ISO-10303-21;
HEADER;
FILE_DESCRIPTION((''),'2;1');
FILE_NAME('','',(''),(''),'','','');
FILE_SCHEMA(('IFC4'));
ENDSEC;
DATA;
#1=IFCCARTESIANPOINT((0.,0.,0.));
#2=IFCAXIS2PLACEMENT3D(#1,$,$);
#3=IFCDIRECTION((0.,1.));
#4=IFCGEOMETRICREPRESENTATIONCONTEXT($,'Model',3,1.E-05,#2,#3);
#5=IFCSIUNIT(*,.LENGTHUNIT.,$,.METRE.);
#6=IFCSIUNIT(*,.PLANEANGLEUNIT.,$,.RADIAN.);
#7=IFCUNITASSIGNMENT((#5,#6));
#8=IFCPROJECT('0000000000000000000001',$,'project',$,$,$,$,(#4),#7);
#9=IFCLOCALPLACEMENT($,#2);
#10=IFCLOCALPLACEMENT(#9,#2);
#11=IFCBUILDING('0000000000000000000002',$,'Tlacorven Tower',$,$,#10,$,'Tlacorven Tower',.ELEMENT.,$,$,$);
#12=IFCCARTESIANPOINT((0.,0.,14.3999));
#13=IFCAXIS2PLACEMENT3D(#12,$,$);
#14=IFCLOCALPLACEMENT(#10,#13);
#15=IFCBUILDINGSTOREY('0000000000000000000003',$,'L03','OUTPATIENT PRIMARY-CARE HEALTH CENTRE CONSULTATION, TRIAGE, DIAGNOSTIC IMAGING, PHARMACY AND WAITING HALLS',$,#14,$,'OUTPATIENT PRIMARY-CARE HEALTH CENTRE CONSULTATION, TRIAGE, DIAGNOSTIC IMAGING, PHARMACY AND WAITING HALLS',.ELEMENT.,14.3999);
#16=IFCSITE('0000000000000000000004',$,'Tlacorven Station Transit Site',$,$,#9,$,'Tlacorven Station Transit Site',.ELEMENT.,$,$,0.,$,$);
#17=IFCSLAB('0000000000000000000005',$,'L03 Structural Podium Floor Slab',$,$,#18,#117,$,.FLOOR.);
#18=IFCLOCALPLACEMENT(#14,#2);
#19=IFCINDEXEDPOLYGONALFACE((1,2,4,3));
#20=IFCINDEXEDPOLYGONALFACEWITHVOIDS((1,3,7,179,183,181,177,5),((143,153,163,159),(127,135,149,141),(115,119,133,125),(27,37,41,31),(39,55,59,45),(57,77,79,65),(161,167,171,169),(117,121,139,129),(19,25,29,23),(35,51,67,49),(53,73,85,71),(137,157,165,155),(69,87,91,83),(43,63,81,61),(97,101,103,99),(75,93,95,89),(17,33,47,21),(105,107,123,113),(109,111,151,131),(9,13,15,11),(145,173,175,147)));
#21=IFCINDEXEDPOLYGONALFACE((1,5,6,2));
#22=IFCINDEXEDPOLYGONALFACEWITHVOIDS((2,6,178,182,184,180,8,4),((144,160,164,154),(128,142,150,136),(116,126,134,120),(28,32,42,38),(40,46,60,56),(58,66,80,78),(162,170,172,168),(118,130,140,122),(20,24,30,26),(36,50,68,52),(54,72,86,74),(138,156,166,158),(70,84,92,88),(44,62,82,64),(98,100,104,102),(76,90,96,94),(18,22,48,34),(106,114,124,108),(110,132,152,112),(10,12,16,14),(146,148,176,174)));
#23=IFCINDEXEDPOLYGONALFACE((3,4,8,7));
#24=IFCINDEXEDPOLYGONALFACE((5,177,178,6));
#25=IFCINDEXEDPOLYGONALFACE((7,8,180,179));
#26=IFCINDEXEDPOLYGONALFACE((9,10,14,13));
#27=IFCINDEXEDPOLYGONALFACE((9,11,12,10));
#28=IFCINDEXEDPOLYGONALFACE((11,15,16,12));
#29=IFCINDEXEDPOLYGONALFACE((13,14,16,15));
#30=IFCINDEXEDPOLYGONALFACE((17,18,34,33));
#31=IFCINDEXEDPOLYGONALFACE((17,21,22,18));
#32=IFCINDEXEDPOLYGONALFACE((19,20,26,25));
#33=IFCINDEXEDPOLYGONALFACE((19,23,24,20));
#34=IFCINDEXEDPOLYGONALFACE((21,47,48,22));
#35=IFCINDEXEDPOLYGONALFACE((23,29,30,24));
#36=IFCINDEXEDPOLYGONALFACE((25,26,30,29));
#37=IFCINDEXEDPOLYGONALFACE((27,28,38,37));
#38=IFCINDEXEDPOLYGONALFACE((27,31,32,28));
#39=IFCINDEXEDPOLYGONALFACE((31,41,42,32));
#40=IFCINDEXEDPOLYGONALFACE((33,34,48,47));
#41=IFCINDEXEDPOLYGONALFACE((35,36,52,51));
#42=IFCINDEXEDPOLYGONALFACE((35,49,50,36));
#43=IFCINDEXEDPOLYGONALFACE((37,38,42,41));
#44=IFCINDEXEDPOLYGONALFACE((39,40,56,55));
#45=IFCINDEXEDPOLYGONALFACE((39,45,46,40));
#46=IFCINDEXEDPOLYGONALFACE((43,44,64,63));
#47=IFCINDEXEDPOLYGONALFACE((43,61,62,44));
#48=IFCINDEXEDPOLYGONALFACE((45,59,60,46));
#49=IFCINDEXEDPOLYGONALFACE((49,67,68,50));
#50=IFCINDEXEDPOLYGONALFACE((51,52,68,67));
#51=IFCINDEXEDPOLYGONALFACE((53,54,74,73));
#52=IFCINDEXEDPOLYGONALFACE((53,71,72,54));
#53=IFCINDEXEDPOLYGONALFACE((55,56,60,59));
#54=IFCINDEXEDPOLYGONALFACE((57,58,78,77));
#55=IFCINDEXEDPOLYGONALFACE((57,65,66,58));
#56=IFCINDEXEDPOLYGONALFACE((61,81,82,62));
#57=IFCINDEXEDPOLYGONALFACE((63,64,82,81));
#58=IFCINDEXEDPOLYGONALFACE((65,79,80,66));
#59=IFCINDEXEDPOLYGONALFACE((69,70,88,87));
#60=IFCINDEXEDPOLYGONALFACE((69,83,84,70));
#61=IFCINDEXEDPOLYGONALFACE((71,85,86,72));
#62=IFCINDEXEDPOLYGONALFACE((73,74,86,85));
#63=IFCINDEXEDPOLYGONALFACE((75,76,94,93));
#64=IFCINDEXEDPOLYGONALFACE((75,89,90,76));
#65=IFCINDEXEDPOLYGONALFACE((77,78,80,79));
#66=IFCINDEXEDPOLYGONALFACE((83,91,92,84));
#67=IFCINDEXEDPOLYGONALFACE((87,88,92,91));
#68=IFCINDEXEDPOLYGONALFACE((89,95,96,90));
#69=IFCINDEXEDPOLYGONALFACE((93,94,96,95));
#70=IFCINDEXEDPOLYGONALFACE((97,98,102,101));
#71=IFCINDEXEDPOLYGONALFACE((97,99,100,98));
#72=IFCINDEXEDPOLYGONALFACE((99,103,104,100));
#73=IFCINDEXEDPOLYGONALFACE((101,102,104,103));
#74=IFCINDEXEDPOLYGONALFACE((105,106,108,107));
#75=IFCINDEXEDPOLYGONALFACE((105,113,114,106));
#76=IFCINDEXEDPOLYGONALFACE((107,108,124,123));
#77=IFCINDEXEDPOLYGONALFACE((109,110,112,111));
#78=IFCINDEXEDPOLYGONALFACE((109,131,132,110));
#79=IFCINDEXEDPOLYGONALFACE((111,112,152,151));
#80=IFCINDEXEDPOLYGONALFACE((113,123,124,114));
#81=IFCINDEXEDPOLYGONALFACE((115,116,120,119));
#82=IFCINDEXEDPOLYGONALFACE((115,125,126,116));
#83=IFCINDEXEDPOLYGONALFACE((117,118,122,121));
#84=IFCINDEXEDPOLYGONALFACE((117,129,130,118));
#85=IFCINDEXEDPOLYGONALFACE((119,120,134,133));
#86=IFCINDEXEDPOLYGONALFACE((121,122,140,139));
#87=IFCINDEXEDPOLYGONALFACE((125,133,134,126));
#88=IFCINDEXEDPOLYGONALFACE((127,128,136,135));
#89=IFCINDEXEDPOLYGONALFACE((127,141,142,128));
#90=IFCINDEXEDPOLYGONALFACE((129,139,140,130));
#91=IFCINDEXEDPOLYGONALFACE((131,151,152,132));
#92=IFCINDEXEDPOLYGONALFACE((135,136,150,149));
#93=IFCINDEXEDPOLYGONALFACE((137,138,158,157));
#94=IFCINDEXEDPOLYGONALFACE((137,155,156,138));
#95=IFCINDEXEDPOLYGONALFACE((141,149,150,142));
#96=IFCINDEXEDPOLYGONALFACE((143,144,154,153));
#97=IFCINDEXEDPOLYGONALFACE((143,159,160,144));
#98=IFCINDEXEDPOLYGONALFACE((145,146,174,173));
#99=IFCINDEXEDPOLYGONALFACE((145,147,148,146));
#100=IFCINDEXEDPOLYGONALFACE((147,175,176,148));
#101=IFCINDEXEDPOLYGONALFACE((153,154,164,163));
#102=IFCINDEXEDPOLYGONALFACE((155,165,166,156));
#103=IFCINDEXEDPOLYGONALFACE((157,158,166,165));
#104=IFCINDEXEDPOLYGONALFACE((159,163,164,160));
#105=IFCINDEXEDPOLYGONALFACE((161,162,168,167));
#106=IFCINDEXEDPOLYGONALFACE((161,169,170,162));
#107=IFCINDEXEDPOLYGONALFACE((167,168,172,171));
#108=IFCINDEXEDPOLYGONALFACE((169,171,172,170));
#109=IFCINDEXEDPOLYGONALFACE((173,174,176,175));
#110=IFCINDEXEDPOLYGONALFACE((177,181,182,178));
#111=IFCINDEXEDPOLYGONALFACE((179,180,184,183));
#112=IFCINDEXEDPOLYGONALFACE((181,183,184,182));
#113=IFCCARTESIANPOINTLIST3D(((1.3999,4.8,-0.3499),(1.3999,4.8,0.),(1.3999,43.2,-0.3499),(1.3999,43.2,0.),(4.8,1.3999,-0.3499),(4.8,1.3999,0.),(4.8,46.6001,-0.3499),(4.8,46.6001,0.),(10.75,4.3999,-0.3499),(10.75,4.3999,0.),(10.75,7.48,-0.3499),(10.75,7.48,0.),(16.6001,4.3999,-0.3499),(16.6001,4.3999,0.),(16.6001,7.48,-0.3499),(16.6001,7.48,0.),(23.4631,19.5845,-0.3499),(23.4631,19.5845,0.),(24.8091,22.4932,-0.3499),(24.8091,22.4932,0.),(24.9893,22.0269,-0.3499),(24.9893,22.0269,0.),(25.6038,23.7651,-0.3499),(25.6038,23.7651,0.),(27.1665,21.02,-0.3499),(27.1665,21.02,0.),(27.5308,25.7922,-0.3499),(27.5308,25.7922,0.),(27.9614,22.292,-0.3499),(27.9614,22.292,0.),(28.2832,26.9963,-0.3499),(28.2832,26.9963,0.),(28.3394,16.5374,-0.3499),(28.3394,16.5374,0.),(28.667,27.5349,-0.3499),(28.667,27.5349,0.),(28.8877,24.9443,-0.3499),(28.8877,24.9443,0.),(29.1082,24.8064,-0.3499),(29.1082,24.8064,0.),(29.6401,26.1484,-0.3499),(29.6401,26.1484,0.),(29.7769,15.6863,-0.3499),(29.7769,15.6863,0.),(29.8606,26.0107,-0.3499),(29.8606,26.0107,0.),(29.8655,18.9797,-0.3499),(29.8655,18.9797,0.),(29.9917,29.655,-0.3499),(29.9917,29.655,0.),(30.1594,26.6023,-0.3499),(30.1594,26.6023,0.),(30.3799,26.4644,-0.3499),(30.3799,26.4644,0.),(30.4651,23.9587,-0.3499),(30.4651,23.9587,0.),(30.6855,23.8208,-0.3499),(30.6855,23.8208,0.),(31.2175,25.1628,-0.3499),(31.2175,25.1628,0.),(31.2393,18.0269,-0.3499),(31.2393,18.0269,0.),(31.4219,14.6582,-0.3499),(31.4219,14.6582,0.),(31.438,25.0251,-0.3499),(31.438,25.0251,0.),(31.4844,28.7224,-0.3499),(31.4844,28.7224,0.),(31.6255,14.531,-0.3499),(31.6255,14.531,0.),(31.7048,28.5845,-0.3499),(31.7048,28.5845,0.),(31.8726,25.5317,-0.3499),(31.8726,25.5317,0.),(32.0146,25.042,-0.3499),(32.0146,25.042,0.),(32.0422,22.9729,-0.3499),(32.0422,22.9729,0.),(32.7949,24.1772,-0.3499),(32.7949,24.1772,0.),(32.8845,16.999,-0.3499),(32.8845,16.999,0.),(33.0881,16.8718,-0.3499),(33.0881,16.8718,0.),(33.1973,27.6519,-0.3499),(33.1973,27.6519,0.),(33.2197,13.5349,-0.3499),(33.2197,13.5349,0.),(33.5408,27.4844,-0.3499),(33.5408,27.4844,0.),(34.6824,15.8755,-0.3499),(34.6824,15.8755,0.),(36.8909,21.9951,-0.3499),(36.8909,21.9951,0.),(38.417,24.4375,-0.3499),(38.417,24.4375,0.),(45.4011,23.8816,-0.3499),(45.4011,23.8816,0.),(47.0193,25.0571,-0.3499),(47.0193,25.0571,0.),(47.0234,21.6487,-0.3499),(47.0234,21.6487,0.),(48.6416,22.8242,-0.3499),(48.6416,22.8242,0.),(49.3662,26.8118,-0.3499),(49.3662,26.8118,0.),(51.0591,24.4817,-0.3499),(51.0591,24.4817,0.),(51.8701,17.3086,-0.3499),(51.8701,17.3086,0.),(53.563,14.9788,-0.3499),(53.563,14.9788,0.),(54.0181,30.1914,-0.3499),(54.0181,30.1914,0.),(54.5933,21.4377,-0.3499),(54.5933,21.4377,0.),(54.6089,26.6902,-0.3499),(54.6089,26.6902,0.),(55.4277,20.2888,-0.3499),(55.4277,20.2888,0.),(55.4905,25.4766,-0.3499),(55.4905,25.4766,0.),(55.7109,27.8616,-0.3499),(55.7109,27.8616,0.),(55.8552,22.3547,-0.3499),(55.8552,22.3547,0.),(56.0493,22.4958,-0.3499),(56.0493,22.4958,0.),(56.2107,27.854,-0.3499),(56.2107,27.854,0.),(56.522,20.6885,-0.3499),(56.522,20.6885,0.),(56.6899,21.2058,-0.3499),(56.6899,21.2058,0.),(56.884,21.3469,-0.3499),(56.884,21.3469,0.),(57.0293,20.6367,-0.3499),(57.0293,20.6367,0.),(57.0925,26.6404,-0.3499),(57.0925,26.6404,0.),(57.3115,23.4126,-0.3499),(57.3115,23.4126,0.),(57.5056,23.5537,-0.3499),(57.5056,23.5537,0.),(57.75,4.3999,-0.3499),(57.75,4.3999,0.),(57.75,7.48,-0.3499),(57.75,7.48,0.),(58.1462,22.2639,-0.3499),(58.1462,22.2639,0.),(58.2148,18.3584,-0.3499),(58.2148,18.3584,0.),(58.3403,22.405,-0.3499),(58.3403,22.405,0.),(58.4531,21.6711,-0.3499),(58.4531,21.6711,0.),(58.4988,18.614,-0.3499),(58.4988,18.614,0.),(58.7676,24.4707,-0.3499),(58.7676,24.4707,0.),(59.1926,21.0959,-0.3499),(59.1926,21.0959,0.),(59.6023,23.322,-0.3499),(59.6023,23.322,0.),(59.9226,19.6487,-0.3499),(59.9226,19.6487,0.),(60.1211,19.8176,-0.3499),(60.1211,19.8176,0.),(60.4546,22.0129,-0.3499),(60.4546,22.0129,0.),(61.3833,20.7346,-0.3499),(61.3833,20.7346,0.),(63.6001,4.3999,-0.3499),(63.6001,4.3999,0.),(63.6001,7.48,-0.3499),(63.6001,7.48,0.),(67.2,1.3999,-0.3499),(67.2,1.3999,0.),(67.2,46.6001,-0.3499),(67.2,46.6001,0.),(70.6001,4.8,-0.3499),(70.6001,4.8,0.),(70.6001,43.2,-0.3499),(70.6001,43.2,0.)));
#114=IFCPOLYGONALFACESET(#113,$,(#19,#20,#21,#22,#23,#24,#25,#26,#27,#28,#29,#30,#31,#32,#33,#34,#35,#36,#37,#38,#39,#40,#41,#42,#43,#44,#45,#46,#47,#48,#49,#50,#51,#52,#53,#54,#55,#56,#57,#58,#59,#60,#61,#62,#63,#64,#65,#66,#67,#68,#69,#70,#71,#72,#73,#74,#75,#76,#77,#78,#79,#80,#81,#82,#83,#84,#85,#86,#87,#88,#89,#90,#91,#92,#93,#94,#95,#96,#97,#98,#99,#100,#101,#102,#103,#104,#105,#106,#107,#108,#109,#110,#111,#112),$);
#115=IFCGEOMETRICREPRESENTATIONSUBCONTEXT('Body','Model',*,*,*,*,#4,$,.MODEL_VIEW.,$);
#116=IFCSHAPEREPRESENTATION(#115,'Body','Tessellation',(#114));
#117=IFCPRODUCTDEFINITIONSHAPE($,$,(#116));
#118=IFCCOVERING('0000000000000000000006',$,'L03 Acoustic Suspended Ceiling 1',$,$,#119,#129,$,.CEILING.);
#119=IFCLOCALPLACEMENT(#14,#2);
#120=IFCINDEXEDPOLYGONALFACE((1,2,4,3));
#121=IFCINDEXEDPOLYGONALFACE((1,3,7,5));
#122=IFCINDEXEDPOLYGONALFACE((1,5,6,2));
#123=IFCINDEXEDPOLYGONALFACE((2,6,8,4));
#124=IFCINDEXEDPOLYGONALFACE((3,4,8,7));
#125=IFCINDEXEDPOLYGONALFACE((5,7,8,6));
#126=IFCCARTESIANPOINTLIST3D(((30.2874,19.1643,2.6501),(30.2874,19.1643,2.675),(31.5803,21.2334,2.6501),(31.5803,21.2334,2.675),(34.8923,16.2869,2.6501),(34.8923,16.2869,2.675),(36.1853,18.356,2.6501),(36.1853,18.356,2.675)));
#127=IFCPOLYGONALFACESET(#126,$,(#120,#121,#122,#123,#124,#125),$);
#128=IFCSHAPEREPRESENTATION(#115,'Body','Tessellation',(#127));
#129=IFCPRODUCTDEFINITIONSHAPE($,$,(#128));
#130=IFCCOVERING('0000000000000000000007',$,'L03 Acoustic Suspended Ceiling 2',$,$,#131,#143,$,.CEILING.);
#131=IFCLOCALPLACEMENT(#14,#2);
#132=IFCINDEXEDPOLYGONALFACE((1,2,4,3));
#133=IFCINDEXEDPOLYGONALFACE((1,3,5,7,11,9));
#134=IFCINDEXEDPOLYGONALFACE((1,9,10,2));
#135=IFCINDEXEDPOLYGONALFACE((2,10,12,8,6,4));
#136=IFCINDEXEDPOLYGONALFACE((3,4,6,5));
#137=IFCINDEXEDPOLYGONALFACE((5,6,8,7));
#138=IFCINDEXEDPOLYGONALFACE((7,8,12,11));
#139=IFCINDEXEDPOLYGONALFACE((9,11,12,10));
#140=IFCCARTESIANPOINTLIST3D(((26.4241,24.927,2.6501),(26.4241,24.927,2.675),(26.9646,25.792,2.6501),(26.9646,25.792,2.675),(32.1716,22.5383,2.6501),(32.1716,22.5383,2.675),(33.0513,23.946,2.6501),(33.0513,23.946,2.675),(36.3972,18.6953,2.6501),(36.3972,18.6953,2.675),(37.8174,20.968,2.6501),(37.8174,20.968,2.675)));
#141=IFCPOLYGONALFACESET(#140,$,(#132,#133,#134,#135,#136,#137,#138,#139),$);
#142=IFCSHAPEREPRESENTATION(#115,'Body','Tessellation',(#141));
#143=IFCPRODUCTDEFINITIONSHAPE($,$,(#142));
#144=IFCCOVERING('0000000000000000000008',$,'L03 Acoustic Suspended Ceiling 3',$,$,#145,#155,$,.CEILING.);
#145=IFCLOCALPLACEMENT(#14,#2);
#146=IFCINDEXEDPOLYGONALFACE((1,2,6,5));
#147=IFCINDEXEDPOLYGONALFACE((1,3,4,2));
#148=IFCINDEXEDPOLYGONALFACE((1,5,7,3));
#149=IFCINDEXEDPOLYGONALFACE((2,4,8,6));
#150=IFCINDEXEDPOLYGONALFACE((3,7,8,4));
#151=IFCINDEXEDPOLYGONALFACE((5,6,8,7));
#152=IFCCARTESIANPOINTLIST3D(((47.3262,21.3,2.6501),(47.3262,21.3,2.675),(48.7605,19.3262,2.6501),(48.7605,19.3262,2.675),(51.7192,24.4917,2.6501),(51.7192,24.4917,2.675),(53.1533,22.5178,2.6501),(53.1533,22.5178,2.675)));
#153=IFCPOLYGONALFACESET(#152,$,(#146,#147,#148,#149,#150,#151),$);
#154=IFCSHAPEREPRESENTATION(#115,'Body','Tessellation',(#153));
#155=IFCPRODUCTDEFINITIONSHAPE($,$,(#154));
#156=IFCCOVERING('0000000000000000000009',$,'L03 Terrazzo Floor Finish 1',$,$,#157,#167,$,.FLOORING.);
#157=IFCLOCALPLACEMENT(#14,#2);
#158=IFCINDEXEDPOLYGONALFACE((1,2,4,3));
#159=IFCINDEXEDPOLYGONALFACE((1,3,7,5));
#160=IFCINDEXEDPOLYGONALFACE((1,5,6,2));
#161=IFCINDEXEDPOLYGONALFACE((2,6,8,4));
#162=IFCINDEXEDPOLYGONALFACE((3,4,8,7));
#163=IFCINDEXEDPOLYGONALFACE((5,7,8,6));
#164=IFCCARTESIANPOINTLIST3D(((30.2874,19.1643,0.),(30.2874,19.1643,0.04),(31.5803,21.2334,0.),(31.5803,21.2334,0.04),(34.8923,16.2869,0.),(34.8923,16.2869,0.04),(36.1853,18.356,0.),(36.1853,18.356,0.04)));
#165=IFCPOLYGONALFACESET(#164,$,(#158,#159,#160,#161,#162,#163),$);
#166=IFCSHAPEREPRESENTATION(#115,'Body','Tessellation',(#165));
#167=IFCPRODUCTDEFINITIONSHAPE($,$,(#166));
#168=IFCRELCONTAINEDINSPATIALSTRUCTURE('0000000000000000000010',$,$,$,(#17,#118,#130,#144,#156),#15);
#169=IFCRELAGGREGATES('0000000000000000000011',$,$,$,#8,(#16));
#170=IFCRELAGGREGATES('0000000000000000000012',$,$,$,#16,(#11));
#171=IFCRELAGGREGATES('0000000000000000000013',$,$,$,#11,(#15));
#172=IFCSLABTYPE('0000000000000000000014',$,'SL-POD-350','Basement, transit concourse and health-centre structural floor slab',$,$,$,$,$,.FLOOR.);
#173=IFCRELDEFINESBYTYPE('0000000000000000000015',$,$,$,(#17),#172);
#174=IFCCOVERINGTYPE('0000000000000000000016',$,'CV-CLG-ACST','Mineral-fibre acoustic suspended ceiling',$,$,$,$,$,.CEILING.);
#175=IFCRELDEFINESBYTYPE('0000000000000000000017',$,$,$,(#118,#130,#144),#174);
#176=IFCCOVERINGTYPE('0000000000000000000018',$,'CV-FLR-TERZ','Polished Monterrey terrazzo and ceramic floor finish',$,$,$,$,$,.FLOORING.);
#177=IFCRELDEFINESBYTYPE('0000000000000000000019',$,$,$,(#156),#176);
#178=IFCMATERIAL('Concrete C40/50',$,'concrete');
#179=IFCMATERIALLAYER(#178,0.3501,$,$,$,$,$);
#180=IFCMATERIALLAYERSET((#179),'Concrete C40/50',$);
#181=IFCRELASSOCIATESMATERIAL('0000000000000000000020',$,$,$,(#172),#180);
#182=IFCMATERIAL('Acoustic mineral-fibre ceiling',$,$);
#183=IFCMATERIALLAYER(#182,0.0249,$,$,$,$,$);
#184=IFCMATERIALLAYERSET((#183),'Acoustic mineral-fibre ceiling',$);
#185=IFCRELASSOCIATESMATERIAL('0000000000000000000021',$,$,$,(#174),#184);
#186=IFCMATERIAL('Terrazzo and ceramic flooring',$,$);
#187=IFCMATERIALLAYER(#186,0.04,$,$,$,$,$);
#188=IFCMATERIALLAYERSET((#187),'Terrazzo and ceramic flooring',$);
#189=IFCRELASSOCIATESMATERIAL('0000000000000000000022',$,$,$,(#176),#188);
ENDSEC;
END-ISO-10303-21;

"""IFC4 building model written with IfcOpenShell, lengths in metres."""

from ifc_helpers import new_model, si_unit, direction, frame, origin, place, context, subcontext, project, spatial, polyline, outline, extrude, material, layer, layer_set, type_object, element, save


model = new_model("IFC4")

# Units and contexts
model_context = context("Model", 3, precision=1e-05, world=origin(), true_north=direction((0.0, 1.0)))
body_context = subcontext(model_context, "Body", "Model", "MODEL_VIEW")
ifc_project = project(units=[si_unit("LENGTHUNIT", "METRE"), si_unit("PLANEANGLEUNIT", "RADIAN")], contexts=[model_context])

# Site, building, storey
site_placement = place(None, origin())
site = spatial("IfcSite", under=ifc_project, at=site_placement, Name="Tlacorven Station Transit Site", LongName="Tlacorven Station Transit Site", CompositionType="ELEMENT", RefElevation=0.0)
building_placement = place(site_placement, origin())
building = spatial("IfcBuilding", under=site, at=building_placement, Name="Tlacorven Tower", LongName="Tlacorven Tower", CompositionType="ELEMENT")
storey_placement = place(building_placement, frame((0.0, 0.0, 14.3999)))
storey = spatial("IfcBuildingStorey", under=building, at=storey_placement, Name="L03", Description="OUTPATIENT PRIMARY-CARE HEALTH CENTRE CONSULTATION, TRIAGE, DIAGNOSTIC IMAGING, PHARMACY AND WAITING HALLS", LongName="OUTPATIENT PRIMARY-CARE HEALTH CENTRE CONSULTATION, TRIAGE, DIAGNOSTIC IMAGING, PHARMACY AND WAITING HALLS", CompositionType="ELEMENT", Elevation=14.3999)

# Shared definitions
ifc_material_1 = material(Name="Concrete C40/50", Category="concrete")

# Slab
ifc_layer_1 = layer(ifc_material_1, 0.3501)
ifc_layer_set_1 = layer_set([ifc_layer_1], Name="Concrete C40/50")
slab_type_1 = type_object("IfcSlabType", Name="SL-POD-350", Description="Basement, transit concourse and health-centre structural floor slab", PredefinedType="FLOOR", material=ifc_layer_set_1)
slab_1_placement = place(storey_placement, frame((0.0, 0.0, -0.3499)))
element("IfcSlab", 1, at=slab_1_placement, inside=storey, type_object=slab_type_1, Name="L03 Structural Podium Floor Slab", PredefinedType="FLOOR", context=body_context, shape_type="SweptSolid", body=[
    extrude(outline(polyline([(4.8, 1.3999), (67.2, 1.3999), (70.6001, 4.8), (70.6001, 43.2), (67.2, 46.6001), (4.8, 46.6001), (1.3999, 43.2), (1.3999, 4.8), (4.8, 1.3999)]), holes=[polyline([(29.8655, 18.9797), (24.9893, 22.0269), (23.4631, 19.5845), (28.3394, 16.5374), (29.8655, 18.9797)]), polyline([(38.417, 24.4375), (33.5408, 27.4844), (32.0146, 25.042), (36.8909, 21.9951), (38.417, 24.4375)]), polyline([(51.0591, 24.4817), (55.7109, 27.8616), (54.0181, 30.1914), (49.3662, 26.8118), (51.0591, 24.4817)]), polyline([(53.563, 14.9788), (58.2148, 18.3584), (56.522, 20.6885), (51.8701, 17.3086), (53.563, 14.9788)]), polyline([(10.75, 4.3999), (16.6001, 4.3999), (16.6001, 7.48), (10.75, 7.48), (10.75, 4.3999)]), polyline([(57.75, 4.3999), (63.6001, 4.3999), (63.6001, 7.48), (57.75, 7.48), (57.75, 4.3999)]), polyline([(34.6824, 15.8755), (33.0881, 16.8718), (31.6255, 14.531), (33.2197, 13.5349), (34.6824, 15.8755)]), polyline([(32.8845, 16.999), (31.2393, 18.0269), (29.7769, 15.6863), (31.4219, 14.6582), (32.8845, 16.999)]), polyline([(47.0234, 21.6487), (48.6416, 22.8242), (47.0193, 25.0571), (45.4011, 23.8816), (47.0234, 21.6487)]), polyline([(33.1973, 27.6519), (31.7048, 28.5845), (30.3799, 26.4644), (31.8726, 25.5317), (33.1973, 27.6519)]), polyline([(31.4844, 28.7224), (29.9917, 29.655), (28.667, 27.5349), (30.1594, 26.6023), (31.4844, 28.7224)]), polyline([(32.7949, 24.1772), (31.438, 25.0251), (30.6855, 23.8208), (32.0422, 22.9729), (32.7949, 24.1772)]), polyline([(31.2175, 25.1628), (29.8606, 26.0107), (29.1082, 24.8064), (30.4651, 23.9587), (31.2175, 25.1628)]), polyline([(29.6401, 26.1484), (28.2832, 26.9963), (27.5308, 25.7922), (28.8877, 24.9443), (29.6401, 26.1484)]), polyline([(55.4277, 20.2888), (56.6899, 21.2058), (55.8552, 22.3547), (54.5933, 21.4377), (55.4277, 20.2888)]), polyline([(56.884, 21.3469), (58.1462, 22.2639), (57.3115, 23.4126), (56.0493, 22.4958), (56.884, 21.3469)]), polyline([(58.3403, 22.405), (59.6023, 23.322), (58.7676, 24.4707), (57.5056, 23.5537), (58.3403, 22.405)]), polyline([(58.4988, 18.614), (59.9226, 19.6487), (58.4531, 21.6711), (57.0293, 20.6367), (58.4988, 18.614)]), polyline([(27.9614, 22.292), (25.6038, 23.7651), (24.8091, 22.4932), (27.1665, 21.02), (27.9614, 22.292)]), polyline([(55.4905, 25.4766), (57.0925, 26.6404), (56.2107, 27.854), (54.6089, 26.6902), (55.4905, 25.4766)]), polyline([(60.1211, 19.8176), (61.3833, 20.7346), (60.4546, 22.0129), (59.1926, 21.0959), (60.1211, 19.8176)])]), origin(), (0.0, 0.0, 1.0), 0.3499),
])

# Coverings
ifc_material_2 = material(Name="Acoustic mineral-fibre ceiling")
ifc_layer_2 = layer(ifc_material_2, 0.0249)
ifc_layer_set_2 = layer_set([ifc_layer_2], Name="Acoustic mineral-fibre ceiling")
covering_type_1 = type_object("IfcCoveringType", Name="CV-CLG-ACST", Description="Mineral-fibre acoustic suspended ceiling", PredefinedType="CEILING", material=ifc_layer_set_2)
covering_1_placement = place(storey_placement, frame((0.0, 0.0, 2.6501)))
element("IfcCovering", 2, at=covering_1_placement, inside=storey, type_object=covering_type_1, Name="L03 Acoustic Suspended Ceiling 1", PredefinedType="CEILING", context=body_context, shape_type="SweptSolid", body=[
    extrude(outline(polyline([(36.1853, 18.356), (34.8923, 16.2869), (30.2874, 19.1643), (31.5803, 21.2334), (36.1853, 18.356)])), origin(), (0.0, 0.0, 1.0), 0.0249),
])
covering_2_placement = place(storey_placement, frame((0.0, 0.0, 2.6501)))
element("IfcCovering", 3, at=covering_2_placement, inside=storey, type_object=covering_type_1, Name="L03 Acoustic Suspended Ceiling 2", PredefinedType="CEILING", context=body_context, shape_type="SweptSolid", body=[
    extrude(outline(polyline([(37.8174, 20.968), (36.3972, 18.6953), (26.4241, 24.927), (26.9646, 25.792), (32.1716, 22.5383), (33.0513, 23.946), (37.8174, 20.968)])), origin(), (0.0, 0.0, 1.0), 0.0249),
])
covering_3_placement = place(storey_placement, frame((0.0, 0.0, 2.6501)))
element("IfcCovering", 4, at=covering_3_placement, inside=storey, type_object=covering_type_1, Name="L03 Acoustic Suspended Ceiling 3", PredefinedType="CEILING", context=body_context, shape_type="SweptSolid", body=[
    extrude(outline(polyline([(48.7605, 19.3262), (47.3262, 21.3), (51.7192, 24.4917), (53.1533, 22.5178), (48.7605, 19.3262)])), origin(), (0.0, 0.0, 1.0), 0.0249),
])
ifc_material_3 = material(Name="Terrazzo and ceramic flooring")
ifc_layer_3 = layer(ifc_material_3, 0.04)
ifc_layer_set_3 = layer_set([ifc_layer_3], Name="Terrazzo and ceramic flooring")
covering_type_2 = type_object("IfcCoveringType", Name="CV-FLR-TERZ", Description="Polished Monterrey terrazzo and ceramic floor finish", PredefinedType="FLOORING", material=ifc_layer_set_3)
covering_4_placement = place(storey_placement, origin())
element("IfcCovering", 5, at=covering_4_placement, inside=storey, type_object=covering_type_2, Name="L03 Terrazzo Floor Finish 1", PredefinedType="FLOORING", context=body_context, shape_type="SweptSolid", body=[
    extrude(outline(polyline([(36.1853, 18.356), (34.8923, 16.2869), (30.2874, 19.1643), (31.5803, 21.2334), (36.1853, 18.356)])), origin(), (0.0, 0.0, 1.0), 0.04),
])

save(model, "model.ifc")
